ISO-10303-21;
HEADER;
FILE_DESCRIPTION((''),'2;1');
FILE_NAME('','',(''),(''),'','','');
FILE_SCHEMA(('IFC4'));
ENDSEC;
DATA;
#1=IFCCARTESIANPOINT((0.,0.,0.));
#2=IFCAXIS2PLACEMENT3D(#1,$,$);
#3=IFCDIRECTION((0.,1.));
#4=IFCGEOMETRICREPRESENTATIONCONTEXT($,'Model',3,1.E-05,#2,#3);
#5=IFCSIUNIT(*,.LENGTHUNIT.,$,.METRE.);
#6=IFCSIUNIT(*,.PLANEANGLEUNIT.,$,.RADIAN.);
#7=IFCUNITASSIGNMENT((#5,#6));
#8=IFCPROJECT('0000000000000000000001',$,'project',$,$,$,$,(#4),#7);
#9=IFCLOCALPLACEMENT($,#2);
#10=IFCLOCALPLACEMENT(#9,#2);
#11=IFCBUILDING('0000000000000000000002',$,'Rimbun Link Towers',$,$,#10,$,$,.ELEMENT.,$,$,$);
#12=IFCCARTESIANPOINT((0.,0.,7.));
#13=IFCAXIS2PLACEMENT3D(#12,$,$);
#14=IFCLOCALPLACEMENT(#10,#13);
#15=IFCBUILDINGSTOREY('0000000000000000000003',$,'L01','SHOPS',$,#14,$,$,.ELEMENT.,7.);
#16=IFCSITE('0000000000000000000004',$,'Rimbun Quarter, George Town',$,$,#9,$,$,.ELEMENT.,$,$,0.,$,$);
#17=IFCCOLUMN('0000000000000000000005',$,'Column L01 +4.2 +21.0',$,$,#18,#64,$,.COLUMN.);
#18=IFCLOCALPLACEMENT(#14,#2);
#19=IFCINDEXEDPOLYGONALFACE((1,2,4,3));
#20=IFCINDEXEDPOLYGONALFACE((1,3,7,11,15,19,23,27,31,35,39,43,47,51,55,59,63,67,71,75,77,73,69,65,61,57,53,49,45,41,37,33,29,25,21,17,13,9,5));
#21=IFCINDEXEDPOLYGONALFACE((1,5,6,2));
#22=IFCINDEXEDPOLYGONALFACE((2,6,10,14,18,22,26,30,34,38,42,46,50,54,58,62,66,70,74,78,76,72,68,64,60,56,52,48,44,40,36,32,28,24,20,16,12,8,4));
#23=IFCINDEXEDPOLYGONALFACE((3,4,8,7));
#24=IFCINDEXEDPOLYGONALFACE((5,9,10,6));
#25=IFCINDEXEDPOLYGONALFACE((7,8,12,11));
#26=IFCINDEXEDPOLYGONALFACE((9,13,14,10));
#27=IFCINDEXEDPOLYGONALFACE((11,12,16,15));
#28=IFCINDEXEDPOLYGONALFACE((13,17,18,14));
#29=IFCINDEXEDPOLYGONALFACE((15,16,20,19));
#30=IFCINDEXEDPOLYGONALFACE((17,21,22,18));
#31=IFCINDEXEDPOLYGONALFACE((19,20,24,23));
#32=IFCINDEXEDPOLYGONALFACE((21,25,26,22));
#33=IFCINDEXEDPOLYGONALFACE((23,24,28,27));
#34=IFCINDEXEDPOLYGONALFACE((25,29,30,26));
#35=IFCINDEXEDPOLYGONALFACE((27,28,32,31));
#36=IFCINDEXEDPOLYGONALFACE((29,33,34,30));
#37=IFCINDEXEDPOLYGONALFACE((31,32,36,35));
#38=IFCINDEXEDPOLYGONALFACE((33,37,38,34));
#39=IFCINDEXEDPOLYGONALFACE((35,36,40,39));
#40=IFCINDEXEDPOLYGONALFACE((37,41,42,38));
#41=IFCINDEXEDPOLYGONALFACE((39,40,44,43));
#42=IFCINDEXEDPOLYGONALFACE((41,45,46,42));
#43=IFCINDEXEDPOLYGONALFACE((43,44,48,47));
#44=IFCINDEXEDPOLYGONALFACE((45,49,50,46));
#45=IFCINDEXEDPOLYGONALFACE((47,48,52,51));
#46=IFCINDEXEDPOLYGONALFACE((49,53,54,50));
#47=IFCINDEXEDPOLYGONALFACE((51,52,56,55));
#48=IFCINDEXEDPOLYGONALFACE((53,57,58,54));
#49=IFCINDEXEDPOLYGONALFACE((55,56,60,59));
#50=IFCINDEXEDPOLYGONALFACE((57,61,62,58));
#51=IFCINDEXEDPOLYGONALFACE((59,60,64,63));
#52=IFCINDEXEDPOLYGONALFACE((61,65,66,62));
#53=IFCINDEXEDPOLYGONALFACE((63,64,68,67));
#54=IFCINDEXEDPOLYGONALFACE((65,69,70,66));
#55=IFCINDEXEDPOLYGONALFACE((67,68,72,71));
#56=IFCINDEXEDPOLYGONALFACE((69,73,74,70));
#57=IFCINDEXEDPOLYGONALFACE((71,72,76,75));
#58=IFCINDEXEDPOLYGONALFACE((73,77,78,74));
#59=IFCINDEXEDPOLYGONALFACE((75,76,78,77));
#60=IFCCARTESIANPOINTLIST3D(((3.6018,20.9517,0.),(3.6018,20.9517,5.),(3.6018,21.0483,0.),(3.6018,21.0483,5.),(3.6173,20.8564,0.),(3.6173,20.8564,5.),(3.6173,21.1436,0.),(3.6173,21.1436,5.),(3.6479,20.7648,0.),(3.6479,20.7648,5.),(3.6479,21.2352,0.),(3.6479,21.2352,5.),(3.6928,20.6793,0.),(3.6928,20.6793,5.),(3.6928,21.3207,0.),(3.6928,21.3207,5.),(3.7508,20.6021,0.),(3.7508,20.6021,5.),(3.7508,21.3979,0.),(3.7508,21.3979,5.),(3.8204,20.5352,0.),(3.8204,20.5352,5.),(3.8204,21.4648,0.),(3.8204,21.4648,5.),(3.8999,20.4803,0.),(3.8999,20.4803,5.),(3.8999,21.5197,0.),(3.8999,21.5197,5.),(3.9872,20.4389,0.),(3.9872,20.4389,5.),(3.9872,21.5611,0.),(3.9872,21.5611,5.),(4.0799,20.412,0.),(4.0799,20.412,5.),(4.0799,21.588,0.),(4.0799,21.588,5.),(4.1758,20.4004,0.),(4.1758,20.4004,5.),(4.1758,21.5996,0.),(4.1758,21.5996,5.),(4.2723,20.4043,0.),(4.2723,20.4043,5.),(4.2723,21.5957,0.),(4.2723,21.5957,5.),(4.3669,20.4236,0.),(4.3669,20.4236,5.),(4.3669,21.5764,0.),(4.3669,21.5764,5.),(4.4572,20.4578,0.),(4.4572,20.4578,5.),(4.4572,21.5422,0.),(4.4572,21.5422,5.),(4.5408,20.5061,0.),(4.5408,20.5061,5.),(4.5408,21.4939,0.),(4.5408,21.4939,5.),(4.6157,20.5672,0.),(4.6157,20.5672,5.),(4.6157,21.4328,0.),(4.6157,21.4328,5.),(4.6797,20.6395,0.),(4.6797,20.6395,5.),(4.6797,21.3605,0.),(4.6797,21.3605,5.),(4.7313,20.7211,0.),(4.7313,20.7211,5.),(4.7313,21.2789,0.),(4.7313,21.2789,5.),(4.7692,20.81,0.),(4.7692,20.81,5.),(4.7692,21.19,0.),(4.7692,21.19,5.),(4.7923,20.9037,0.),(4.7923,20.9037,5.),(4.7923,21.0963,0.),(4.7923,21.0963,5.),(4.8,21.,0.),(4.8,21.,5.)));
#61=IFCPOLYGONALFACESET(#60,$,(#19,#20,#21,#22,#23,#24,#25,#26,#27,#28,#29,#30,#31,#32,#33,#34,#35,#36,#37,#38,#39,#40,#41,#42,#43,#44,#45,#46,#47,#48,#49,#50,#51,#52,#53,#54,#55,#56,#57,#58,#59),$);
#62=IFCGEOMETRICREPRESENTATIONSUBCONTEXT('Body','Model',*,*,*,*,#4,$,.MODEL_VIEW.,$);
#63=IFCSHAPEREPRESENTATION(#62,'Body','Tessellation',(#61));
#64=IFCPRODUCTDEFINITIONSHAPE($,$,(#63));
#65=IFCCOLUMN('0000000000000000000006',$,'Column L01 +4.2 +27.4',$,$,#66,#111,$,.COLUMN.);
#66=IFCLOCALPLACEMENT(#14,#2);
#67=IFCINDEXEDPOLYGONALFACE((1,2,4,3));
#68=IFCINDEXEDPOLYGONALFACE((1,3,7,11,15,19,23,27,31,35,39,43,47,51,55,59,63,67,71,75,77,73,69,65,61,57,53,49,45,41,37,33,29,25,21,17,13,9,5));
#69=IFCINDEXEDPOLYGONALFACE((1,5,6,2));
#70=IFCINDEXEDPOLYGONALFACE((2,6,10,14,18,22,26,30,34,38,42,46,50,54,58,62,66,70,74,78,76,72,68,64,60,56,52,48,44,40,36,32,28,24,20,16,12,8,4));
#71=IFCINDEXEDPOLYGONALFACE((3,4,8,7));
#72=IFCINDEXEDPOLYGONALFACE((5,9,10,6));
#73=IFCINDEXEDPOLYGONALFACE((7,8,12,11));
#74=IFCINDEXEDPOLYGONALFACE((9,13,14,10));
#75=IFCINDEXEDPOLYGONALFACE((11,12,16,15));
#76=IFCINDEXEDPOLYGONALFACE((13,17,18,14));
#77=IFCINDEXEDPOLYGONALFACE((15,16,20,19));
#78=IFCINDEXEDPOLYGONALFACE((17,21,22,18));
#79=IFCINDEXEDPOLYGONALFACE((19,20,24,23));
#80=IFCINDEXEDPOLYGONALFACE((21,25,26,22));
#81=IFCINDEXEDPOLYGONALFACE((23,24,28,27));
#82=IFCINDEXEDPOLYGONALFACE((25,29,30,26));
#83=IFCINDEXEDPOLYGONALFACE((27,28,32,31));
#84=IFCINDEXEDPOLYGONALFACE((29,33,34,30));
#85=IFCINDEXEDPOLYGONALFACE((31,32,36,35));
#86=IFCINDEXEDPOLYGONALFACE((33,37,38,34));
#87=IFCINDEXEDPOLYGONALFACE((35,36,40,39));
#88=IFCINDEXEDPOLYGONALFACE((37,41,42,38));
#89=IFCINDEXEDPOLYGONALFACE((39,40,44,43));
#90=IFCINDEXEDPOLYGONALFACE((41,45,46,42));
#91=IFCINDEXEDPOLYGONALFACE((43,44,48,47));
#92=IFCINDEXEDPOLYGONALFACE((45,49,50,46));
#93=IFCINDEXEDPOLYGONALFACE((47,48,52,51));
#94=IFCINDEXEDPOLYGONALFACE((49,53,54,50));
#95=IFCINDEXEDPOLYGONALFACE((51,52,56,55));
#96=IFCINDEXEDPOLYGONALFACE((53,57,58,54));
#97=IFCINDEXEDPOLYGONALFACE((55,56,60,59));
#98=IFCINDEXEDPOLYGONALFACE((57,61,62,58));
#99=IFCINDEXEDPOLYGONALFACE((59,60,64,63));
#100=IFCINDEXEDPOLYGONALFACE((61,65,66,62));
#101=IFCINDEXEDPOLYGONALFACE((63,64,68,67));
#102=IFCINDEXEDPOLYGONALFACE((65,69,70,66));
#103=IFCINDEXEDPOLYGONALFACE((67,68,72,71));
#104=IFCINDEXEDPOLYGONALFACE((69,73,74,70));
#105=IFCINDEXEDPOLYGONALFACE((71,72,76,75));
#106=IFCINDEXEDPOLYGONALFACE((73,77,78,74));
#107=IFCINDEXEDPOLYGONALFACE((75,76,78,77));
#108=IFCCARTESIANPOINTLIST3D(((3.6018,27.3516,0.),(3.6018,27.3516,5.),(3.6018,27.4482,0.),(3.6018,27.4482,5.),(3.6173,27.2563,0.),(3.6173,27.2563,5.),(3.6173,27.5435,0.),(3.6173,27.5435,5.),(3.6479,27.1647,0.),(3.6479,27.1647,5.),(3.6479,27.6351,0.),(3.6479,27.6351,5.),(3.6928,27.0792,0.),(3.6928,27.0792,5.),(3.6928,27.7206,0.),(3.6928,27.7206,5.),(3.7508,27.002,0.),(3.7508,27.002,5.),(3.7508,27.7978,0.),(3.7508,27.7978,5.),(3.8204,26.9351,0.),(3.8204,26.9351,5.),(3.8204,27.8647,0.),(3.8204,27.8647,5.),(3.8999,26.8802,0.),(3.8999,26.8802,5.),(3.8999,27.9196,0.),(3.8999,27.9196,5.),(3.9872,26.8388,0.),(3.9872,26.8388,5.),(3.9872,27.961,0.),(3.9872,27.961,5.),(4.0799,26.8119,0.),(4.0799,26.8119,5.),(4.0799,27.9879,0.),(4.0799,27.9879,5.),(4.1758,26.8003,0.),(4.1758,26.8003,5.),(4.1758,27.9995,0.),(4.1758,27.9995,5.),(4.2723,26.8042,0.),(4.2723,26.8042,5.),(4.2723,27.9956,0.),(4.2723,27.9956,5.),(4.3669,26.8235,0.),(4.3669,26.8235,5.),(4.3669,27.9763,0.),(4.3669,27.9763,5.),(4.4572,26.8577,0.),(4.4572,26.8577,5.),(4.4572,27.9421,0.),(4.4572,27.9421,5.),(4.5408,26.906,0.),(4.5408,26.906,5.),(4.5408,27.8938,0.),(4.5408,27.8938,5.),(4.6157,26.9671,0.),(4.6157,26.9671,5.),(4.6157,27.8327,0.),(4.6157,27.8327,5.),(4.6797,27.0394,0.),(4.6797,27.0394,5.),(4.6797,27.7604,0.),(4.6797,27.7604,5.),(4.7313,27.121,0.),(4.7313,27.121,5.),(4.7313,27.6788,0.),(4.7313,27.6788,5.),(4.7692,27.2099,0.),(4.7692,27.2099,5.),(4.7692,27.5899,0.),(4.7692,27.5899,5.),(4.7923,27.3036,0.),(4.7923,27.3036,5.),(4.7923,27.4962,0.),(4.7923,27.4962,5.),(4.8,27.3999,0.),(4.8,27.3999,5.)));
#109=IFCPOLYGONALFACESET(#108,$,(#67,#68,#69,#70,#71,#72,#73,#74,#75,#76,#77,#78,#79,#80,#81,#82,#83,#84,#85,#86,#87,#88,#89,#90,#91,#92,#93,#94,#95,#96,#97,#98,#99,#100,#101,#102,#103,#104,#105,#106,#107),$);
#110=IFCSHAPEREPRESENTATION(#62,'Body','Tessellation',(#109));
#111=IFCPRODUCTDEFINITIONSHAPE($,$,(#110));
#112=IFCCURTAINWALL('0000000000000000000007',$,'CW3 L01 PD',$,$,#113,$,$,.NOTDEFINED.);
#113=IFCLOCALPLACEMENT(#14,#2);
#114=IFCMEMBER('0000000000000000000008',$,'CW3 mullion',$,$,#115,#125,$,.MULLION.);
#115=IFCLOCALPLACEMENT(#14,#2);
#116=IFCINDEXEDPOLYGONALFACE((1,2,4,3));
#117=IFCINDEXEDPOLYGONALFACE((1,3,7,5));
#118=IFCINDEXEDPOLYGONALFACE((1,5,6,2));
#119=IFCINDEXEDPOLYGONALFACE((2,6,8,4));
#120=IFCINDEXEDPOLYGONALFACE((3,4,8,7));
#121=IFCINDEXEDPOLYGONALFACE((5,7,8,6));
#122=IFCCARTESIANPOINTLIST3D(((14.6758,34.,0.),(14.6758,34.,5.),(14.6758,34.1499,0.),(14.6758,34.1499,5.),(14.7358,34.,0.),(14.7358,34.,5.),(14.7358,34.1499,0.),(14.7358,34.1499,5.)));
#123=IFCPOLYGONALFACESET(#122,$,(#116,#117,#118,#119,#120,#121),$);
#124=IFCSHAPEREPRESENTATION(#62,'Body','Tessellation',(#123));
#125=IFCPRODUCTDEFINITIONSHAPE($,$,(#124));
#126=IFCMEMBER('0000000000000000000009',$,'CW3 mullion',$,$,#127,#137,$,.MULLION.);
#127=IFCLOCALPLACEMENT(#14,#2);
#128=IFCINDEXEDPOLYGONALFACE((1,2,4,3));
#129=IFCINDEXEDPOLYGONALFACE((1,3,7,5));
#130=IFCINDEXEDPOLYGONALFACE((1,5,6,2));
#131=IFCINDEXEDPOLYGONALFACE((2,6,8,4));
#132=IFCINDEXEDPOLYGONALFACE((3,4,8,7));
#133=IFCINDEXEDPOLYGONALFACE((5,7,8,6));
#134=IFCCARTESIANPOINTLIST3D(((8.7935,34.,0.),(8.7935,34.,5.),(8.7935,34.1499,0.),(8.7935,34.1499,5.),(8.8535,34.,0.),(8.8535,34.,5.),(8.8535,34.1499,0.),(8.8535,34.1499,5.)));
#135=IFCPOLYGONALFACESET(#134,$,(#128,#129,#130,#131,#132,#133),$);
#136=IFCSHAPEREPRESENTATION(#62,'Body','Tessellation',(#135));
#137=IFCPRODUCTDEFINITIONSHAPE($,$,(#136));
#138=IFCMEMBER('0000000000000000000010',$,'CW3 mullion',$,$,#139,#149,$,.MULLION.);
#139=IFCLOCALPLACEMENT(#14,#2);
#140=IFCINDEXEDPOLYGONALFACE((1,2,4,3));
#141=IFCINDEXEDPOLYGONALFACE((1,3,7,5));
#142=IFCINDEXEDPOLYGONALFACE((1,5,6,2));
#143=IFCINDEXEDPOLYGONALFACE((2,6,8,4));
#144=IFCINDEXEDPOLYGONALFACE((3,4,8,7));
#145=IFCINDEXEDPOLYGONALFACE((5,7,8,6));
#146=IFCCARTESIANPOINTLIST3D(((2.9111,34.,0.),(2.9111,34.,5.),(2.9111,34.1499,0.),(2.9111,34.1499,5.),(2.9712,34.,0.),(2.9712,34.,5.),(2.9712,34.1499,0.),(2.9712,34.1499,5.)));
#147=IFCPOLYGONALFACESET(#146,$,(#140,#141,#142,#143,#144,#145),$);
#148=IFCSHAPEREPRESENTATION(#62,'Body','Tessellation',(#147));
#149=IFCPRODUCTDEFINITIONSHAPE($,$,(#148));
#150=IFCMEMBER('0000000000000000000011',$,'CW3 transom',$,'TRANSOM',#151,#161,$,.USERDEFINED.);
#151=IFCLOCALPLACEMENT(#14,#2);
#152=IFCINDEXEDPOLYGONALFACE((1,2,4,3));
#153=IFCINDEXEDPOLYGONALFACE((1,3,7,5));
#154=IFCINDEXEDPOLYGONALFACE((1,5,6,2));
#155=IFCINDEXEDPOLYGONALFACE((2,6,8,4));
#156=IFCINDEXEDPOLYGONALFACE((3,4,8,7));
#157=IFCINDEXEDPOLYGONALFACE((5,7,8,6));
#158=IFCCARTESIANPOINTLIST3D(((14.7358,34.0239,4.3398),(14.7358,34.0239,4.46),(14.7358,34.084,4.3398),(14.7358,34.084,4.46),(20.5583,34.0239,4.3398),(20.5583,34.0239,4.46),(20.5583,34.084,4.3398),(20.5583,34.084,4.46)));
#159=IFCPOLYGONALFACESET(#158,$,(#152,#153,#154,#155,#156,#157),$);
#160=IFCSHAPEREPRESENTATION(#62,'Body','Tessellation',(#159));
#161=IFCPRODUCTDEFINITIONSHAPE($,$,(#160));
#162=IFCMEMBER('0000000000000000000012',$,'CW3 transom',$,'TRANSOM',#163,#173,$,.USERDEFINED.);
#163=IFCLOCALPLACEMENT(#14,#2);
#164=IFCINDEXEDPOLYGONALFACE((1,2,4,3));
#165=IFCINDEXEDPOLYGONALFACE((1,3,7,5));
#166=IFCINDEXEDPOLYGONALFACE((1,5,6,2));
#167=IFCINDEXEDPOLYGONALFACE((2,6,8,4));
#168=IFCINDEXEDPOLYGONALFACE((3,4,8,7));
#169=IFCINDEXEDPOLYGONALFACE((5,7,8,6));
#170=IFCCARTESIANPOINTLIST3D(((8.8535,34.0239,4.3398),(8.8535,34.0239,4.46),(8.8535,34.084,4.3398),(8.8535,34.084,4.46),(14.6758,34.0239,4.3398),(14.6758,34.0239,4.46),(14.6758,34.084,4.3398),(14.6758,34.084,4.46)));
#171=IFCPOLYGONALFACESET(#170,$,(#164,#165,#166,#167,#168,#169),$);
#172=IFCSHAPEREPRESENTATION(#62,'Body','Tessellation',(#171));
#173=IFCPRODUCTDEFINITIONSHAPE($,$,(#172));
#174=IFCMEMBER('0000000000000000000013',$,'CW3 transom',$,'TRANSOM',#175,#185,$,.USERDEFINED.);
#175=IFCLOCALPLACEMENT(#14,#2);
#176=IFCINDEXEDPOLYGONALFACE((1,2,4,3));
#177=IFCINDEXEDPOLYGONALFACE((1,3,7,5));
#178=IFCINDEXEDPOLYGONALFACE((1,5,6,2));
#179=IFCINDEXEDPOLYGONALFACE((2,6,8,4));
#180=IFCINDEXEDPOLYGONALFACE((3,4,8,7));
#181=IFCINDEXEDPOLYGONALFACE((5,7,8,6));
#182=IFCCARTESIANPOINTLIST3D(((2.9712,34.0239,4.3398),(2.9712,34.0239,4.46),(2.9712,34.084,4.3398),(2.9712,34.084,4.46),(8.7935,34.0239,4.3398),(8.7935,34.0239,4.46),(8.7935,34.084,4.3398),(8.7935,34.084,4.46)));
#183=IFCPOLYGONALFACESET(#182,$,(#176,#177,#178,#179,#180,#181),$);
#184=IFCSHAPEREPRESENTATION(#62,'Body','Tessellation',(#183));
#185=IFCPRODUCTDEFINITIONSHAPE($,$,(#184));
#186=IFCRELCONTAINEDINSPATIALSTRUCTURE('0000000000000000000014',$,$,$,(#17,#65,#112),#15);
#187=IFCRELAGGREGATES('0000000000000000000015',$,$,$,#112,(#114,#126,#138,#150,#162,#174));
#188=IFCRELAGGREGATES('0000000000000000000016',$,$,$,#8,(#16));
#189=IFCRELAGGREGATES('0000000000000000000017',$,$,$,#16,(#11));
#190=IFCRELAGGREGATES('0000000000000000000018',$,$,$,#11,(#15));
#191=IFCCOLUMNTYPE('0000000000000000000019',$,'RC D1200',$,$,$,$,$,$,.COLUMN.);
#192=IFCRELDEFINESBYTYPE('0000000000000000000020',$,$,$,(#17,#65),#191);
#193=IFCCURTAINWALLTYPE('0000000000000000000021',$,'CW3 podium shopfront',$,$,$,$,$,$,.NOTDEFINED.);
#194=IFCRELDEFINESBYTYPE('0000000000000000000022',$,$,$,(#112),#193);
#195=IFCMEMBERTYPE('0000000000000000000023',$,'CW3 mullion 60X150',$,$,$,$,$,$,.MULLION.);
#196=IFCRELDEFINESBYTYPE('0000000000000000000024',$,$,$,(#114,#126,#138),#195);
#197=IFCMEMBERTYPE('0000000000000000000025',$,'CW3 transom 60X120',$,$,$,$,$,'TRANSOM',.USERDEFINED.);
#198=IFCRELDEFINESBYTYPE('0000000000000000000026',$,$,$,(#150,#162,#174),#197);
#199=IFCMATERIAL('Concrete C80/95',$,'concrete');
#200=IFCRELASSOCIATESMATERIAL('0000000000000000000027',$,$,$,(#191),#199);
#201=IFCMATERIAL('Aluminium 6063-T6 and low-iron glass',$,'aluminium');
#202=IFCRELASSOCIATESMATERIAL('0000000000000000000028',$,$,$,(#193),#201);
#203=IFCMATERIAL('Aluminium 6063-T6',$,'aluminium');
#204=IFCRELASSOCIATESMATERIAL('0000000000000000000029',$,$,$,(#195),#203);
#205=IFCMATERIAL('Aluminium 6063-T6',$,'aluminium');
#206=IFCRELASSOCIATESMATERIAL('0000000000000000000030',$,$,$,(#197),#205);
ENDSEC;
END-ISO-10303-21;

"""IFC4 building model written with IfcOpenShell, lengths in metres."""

from ifc_helpers import new_model, si_unit, direction, frame, origin, origin_2d, place, context, subcontext, project, spatial, rectangle, circle, extrude, material, material_profile, profile_set, type_object, element, aggregate, save


model = new_model("IFC4")

# Units and contexts
model_context = context("Model", 3, precision=1e-05, world=origin(), true_north=direction((0.0, 1.0)))
body_context = subcontext(model_context, "Body", "Model", "MODEL_VIEW")
ifc_project = project(units=[si_unit("LENGTHUNIT", "METRE"), si_unit("PLANEANGLEUNIT", "RADIAN")], contexts=[model_context])

# Site, building, storey
site_placement = place(None, origin())
site = spatial("IfcSite", under=ifc_project, at=site_placement, Name="Rimbun Quarter, George Town", CompositionType="ELEMENT", RefElevation=0.0)
building_placement = place(site_placement, origin())
building = spatial("IfcBuilding", under=site, at=building_placement, Name="Rimbun Link Towers", CompositionType="ELEMENT")
storey_placement = place(building_placement, frame((0.0, 0.0, 7.0)))
storey = spatial("IfcBuildingStorey", under=building, at=storey_placement, Name="L01", Description="SHOPS", CompositionType="ELEMENT", Elevation=7.0)

# Columns
ifc_material_1 = material(Name="Concrete C80/95", Category="concrete")
ifc_material_profile_1 = material_profile(ifc_material_1, circle(Radius=0.6001, at=origin_2d()), Name="RC D1200")
ifc_profile_set_1 = profile_set([ifc_material_profile_1], Name="Concrete C80/95")
column_type = type_object("IfcColumnType", Name="RC D1200", PredefinedType="COLUMN", material=ifc_profile_set_1)
for number, where, z_axis, x_axis, name in (
    (1, (4.2, 21.0, 0.0), (0.0, 0.0, 1.0), (1.0, 0.0, 0.0), "Column L01 +4.2 +21.0"),
    (2, (4.2, 27.3999, 0.0), (0.0, 0.0, 1.0), (1.0, 0.0, 0.0), "Column L01 +4.2 +27.4"),
):
    element("IfcColumn", number, at=place(storey_placement, frame(where, z_axis=z_axis, x_axis=x_axis)), inside=storey, type_object=column_type, Name=name, PredefinedType="COLUMN", context=body_context, shape_type="SweptSolid", body=[
        extrude(circle(Radius=0.6001, at=origin_2d()), origin(), (0.0, 0.0, 1.0), 5.0),
    ])

# Curtain wall, members
ifc_material_2 = material(Name="Aluminium 6063-T6 and low-iron glass", Category="aluminium")
curtain_wall_type = type_object("IfcCurtainWallType", Name="CW3 podium shopfront", PredefinedType="NOTDEFINED", material=ifc_material_2)
curtain_wall_placement = place(storey_placement, origin())
curtain_wall = element("IfcCurtainWall", 3, at=curtain_wall_placement, inside=storey, type_object=curtain_wall_type, Name="CW3 L01 PD", PredefinedType="NOTDEFINED")
ifc_material_3 = material(Name="Aluminium 6063-T6", Category="aluminium")
ifc_material_profile_2 = material_profile(ifc_material_3, rectangle(XDim=0.1499, YDim=0.0601, at=origin_2d()), Name="MULLION 60X150")
ifc_profile_set_2 = profile_set([ifc_material_profile_2], Name="Aluminium 6063-T6")
member_type_1 = type_object("IfcMemberType", Name="CW3 mullion 60X150", PredefinedType="MULLION", material=ifc_profile_set_2)
member_1_placement = place(storey_placement, frame((14.7058, 34.075, 0.0), z_axis=(0.0, 0.0, 1.0), x_axis=(0.0, 1.0, 0.0)))
member_1 = element("IfcMember", 4, at=member_1_placement, type_object=member_type_1, Name="CW3 mullion", PredefinedType="MULLION", context=body_context, shape_type="SweptSolid", body=[
    extrude(rectangle(XDim=0.1499, YDim=0.0601, at=origin_2d()), origin(), (0.0, 0.0, 1.0), 5.0),
])
member_2_placement = place(storey_placement, frame((8.8235, 34.075, 0.0), z_axis=(0.0, 0.0, 1.0), x_axis=(0.0, 1.0, 0.0)))
member_2 = element("IfcMember", 5, at=member_2_placement, type_object=member_type_1, Name="CW3 mullion", PredefinedType="MULLION", context=body_context, shape_type="SweptSolid", body=[
    extrude(rectangle(XDim=0.1499, YDim=0.0601, at=origin_2d()), origin(), (0.0, 0.0, 1.0), 5.0),
])
member_3_placement = place(storey_placement, frame((2.9412, 34.075, 0.0), z_axis=(0.0, 0.0, 1.0), x_axis=(0.0, 1.0, 0.0)))
member_3 = element("IfcMember", 6, at=member_3_placement, type_object=member_type_1, Name="CW3 mullion", PredefinedType="MULLION", context=body_context, shape_type="SweptSolid", body=[
    extrude(rectangle(XDim=0.1499, YDim=0.0601, at=origin_2d()), origin(), (0.0, 0.0, 1.0), 5.0),
])
ifc_material_4 = material(Name="Aluminium 6063-T6", Category="aluminium")
ifc_material_profile_3 = material_profile(ifc_material_4, rectangle(XDim=0.0601, YDim=0.1201, at=origin_2d()), Name="TRANSOM 60X120")
ifc_profile_set_3 = profile_set([ifc_material_profile_3], Name="Aluminium 6063-T6")
member_type_2 = type_object("IfcMemberType", Name="CW3 transom 60X120", ElementType="TRANSOM", PredefinedType="USERDEFINED", material=ifc_profile_set_3)
member_4_placement = place(storey_placement, frame((14.7358, 34.054, 4.3999), z_axis=(1.0, 0.0, 0.0), x_axis=(0.0, 1.0, 0.0)))
member_4 = element("IfcMember", 7, at=member_4_placement, type_object=member_type_2, Name="CW3 transom", ObjectType="TRANSOM", PredefinedType="USERDEFINED", context=body_context, shape_type="SweptSolid", body=[
    extrude(rectangle(XDim=0.0601, YDim=0.1201, at=origin_2d()), origin(), (0.0, 0.0, 1.0), 5.8225),
])
member_5_placement = place(storey_placement, frame((8.8535, 34.054, 4.3999), z_axis=(1.0, 0.0, 0.0), x_axis=(0.0, 1.0, 0.0)))
member_5 = element("IfcMember", 8, at=member_5_placement, type_object=member_type_2, Name="CW3 transom", ObjectType="TRANSOM", PredefinedType="USERDEFINED", context=body_context, shape_type="SweptSolid", body=[
    extrude(rectangle(XDim=0.0601, YDim=0.1201, at=origin_2d()), origin(), (0.0, 0.0, 1.0), 5.8223),
])
member_6_placement = place(storey_placement, frame((2.9712, 34.054, 4.3999), z_axis=(1.0, 0.0, 0.0), x_axis=(0.0, 1.0, 0.0)))
member_6 = element("IfcMember", 9, at=member_6_placement, type_object=member_type_2, Name="CW3 transom", ObjectType="TRANSOM", PredefinedType="USERDEFINED", context=body_context, shape_type="SweptSolid", body=[
    extrude(rectangle(XDim=0.0601, YDim=0.1201, at=origin_2d()), origin(), (0.0, 0.0, 1.0), 5.8223),
])

aggregate(curtain_wall, [member_1, member_2, member_3, member_4, member_5, member_6])

save(model, "model.ifc")
